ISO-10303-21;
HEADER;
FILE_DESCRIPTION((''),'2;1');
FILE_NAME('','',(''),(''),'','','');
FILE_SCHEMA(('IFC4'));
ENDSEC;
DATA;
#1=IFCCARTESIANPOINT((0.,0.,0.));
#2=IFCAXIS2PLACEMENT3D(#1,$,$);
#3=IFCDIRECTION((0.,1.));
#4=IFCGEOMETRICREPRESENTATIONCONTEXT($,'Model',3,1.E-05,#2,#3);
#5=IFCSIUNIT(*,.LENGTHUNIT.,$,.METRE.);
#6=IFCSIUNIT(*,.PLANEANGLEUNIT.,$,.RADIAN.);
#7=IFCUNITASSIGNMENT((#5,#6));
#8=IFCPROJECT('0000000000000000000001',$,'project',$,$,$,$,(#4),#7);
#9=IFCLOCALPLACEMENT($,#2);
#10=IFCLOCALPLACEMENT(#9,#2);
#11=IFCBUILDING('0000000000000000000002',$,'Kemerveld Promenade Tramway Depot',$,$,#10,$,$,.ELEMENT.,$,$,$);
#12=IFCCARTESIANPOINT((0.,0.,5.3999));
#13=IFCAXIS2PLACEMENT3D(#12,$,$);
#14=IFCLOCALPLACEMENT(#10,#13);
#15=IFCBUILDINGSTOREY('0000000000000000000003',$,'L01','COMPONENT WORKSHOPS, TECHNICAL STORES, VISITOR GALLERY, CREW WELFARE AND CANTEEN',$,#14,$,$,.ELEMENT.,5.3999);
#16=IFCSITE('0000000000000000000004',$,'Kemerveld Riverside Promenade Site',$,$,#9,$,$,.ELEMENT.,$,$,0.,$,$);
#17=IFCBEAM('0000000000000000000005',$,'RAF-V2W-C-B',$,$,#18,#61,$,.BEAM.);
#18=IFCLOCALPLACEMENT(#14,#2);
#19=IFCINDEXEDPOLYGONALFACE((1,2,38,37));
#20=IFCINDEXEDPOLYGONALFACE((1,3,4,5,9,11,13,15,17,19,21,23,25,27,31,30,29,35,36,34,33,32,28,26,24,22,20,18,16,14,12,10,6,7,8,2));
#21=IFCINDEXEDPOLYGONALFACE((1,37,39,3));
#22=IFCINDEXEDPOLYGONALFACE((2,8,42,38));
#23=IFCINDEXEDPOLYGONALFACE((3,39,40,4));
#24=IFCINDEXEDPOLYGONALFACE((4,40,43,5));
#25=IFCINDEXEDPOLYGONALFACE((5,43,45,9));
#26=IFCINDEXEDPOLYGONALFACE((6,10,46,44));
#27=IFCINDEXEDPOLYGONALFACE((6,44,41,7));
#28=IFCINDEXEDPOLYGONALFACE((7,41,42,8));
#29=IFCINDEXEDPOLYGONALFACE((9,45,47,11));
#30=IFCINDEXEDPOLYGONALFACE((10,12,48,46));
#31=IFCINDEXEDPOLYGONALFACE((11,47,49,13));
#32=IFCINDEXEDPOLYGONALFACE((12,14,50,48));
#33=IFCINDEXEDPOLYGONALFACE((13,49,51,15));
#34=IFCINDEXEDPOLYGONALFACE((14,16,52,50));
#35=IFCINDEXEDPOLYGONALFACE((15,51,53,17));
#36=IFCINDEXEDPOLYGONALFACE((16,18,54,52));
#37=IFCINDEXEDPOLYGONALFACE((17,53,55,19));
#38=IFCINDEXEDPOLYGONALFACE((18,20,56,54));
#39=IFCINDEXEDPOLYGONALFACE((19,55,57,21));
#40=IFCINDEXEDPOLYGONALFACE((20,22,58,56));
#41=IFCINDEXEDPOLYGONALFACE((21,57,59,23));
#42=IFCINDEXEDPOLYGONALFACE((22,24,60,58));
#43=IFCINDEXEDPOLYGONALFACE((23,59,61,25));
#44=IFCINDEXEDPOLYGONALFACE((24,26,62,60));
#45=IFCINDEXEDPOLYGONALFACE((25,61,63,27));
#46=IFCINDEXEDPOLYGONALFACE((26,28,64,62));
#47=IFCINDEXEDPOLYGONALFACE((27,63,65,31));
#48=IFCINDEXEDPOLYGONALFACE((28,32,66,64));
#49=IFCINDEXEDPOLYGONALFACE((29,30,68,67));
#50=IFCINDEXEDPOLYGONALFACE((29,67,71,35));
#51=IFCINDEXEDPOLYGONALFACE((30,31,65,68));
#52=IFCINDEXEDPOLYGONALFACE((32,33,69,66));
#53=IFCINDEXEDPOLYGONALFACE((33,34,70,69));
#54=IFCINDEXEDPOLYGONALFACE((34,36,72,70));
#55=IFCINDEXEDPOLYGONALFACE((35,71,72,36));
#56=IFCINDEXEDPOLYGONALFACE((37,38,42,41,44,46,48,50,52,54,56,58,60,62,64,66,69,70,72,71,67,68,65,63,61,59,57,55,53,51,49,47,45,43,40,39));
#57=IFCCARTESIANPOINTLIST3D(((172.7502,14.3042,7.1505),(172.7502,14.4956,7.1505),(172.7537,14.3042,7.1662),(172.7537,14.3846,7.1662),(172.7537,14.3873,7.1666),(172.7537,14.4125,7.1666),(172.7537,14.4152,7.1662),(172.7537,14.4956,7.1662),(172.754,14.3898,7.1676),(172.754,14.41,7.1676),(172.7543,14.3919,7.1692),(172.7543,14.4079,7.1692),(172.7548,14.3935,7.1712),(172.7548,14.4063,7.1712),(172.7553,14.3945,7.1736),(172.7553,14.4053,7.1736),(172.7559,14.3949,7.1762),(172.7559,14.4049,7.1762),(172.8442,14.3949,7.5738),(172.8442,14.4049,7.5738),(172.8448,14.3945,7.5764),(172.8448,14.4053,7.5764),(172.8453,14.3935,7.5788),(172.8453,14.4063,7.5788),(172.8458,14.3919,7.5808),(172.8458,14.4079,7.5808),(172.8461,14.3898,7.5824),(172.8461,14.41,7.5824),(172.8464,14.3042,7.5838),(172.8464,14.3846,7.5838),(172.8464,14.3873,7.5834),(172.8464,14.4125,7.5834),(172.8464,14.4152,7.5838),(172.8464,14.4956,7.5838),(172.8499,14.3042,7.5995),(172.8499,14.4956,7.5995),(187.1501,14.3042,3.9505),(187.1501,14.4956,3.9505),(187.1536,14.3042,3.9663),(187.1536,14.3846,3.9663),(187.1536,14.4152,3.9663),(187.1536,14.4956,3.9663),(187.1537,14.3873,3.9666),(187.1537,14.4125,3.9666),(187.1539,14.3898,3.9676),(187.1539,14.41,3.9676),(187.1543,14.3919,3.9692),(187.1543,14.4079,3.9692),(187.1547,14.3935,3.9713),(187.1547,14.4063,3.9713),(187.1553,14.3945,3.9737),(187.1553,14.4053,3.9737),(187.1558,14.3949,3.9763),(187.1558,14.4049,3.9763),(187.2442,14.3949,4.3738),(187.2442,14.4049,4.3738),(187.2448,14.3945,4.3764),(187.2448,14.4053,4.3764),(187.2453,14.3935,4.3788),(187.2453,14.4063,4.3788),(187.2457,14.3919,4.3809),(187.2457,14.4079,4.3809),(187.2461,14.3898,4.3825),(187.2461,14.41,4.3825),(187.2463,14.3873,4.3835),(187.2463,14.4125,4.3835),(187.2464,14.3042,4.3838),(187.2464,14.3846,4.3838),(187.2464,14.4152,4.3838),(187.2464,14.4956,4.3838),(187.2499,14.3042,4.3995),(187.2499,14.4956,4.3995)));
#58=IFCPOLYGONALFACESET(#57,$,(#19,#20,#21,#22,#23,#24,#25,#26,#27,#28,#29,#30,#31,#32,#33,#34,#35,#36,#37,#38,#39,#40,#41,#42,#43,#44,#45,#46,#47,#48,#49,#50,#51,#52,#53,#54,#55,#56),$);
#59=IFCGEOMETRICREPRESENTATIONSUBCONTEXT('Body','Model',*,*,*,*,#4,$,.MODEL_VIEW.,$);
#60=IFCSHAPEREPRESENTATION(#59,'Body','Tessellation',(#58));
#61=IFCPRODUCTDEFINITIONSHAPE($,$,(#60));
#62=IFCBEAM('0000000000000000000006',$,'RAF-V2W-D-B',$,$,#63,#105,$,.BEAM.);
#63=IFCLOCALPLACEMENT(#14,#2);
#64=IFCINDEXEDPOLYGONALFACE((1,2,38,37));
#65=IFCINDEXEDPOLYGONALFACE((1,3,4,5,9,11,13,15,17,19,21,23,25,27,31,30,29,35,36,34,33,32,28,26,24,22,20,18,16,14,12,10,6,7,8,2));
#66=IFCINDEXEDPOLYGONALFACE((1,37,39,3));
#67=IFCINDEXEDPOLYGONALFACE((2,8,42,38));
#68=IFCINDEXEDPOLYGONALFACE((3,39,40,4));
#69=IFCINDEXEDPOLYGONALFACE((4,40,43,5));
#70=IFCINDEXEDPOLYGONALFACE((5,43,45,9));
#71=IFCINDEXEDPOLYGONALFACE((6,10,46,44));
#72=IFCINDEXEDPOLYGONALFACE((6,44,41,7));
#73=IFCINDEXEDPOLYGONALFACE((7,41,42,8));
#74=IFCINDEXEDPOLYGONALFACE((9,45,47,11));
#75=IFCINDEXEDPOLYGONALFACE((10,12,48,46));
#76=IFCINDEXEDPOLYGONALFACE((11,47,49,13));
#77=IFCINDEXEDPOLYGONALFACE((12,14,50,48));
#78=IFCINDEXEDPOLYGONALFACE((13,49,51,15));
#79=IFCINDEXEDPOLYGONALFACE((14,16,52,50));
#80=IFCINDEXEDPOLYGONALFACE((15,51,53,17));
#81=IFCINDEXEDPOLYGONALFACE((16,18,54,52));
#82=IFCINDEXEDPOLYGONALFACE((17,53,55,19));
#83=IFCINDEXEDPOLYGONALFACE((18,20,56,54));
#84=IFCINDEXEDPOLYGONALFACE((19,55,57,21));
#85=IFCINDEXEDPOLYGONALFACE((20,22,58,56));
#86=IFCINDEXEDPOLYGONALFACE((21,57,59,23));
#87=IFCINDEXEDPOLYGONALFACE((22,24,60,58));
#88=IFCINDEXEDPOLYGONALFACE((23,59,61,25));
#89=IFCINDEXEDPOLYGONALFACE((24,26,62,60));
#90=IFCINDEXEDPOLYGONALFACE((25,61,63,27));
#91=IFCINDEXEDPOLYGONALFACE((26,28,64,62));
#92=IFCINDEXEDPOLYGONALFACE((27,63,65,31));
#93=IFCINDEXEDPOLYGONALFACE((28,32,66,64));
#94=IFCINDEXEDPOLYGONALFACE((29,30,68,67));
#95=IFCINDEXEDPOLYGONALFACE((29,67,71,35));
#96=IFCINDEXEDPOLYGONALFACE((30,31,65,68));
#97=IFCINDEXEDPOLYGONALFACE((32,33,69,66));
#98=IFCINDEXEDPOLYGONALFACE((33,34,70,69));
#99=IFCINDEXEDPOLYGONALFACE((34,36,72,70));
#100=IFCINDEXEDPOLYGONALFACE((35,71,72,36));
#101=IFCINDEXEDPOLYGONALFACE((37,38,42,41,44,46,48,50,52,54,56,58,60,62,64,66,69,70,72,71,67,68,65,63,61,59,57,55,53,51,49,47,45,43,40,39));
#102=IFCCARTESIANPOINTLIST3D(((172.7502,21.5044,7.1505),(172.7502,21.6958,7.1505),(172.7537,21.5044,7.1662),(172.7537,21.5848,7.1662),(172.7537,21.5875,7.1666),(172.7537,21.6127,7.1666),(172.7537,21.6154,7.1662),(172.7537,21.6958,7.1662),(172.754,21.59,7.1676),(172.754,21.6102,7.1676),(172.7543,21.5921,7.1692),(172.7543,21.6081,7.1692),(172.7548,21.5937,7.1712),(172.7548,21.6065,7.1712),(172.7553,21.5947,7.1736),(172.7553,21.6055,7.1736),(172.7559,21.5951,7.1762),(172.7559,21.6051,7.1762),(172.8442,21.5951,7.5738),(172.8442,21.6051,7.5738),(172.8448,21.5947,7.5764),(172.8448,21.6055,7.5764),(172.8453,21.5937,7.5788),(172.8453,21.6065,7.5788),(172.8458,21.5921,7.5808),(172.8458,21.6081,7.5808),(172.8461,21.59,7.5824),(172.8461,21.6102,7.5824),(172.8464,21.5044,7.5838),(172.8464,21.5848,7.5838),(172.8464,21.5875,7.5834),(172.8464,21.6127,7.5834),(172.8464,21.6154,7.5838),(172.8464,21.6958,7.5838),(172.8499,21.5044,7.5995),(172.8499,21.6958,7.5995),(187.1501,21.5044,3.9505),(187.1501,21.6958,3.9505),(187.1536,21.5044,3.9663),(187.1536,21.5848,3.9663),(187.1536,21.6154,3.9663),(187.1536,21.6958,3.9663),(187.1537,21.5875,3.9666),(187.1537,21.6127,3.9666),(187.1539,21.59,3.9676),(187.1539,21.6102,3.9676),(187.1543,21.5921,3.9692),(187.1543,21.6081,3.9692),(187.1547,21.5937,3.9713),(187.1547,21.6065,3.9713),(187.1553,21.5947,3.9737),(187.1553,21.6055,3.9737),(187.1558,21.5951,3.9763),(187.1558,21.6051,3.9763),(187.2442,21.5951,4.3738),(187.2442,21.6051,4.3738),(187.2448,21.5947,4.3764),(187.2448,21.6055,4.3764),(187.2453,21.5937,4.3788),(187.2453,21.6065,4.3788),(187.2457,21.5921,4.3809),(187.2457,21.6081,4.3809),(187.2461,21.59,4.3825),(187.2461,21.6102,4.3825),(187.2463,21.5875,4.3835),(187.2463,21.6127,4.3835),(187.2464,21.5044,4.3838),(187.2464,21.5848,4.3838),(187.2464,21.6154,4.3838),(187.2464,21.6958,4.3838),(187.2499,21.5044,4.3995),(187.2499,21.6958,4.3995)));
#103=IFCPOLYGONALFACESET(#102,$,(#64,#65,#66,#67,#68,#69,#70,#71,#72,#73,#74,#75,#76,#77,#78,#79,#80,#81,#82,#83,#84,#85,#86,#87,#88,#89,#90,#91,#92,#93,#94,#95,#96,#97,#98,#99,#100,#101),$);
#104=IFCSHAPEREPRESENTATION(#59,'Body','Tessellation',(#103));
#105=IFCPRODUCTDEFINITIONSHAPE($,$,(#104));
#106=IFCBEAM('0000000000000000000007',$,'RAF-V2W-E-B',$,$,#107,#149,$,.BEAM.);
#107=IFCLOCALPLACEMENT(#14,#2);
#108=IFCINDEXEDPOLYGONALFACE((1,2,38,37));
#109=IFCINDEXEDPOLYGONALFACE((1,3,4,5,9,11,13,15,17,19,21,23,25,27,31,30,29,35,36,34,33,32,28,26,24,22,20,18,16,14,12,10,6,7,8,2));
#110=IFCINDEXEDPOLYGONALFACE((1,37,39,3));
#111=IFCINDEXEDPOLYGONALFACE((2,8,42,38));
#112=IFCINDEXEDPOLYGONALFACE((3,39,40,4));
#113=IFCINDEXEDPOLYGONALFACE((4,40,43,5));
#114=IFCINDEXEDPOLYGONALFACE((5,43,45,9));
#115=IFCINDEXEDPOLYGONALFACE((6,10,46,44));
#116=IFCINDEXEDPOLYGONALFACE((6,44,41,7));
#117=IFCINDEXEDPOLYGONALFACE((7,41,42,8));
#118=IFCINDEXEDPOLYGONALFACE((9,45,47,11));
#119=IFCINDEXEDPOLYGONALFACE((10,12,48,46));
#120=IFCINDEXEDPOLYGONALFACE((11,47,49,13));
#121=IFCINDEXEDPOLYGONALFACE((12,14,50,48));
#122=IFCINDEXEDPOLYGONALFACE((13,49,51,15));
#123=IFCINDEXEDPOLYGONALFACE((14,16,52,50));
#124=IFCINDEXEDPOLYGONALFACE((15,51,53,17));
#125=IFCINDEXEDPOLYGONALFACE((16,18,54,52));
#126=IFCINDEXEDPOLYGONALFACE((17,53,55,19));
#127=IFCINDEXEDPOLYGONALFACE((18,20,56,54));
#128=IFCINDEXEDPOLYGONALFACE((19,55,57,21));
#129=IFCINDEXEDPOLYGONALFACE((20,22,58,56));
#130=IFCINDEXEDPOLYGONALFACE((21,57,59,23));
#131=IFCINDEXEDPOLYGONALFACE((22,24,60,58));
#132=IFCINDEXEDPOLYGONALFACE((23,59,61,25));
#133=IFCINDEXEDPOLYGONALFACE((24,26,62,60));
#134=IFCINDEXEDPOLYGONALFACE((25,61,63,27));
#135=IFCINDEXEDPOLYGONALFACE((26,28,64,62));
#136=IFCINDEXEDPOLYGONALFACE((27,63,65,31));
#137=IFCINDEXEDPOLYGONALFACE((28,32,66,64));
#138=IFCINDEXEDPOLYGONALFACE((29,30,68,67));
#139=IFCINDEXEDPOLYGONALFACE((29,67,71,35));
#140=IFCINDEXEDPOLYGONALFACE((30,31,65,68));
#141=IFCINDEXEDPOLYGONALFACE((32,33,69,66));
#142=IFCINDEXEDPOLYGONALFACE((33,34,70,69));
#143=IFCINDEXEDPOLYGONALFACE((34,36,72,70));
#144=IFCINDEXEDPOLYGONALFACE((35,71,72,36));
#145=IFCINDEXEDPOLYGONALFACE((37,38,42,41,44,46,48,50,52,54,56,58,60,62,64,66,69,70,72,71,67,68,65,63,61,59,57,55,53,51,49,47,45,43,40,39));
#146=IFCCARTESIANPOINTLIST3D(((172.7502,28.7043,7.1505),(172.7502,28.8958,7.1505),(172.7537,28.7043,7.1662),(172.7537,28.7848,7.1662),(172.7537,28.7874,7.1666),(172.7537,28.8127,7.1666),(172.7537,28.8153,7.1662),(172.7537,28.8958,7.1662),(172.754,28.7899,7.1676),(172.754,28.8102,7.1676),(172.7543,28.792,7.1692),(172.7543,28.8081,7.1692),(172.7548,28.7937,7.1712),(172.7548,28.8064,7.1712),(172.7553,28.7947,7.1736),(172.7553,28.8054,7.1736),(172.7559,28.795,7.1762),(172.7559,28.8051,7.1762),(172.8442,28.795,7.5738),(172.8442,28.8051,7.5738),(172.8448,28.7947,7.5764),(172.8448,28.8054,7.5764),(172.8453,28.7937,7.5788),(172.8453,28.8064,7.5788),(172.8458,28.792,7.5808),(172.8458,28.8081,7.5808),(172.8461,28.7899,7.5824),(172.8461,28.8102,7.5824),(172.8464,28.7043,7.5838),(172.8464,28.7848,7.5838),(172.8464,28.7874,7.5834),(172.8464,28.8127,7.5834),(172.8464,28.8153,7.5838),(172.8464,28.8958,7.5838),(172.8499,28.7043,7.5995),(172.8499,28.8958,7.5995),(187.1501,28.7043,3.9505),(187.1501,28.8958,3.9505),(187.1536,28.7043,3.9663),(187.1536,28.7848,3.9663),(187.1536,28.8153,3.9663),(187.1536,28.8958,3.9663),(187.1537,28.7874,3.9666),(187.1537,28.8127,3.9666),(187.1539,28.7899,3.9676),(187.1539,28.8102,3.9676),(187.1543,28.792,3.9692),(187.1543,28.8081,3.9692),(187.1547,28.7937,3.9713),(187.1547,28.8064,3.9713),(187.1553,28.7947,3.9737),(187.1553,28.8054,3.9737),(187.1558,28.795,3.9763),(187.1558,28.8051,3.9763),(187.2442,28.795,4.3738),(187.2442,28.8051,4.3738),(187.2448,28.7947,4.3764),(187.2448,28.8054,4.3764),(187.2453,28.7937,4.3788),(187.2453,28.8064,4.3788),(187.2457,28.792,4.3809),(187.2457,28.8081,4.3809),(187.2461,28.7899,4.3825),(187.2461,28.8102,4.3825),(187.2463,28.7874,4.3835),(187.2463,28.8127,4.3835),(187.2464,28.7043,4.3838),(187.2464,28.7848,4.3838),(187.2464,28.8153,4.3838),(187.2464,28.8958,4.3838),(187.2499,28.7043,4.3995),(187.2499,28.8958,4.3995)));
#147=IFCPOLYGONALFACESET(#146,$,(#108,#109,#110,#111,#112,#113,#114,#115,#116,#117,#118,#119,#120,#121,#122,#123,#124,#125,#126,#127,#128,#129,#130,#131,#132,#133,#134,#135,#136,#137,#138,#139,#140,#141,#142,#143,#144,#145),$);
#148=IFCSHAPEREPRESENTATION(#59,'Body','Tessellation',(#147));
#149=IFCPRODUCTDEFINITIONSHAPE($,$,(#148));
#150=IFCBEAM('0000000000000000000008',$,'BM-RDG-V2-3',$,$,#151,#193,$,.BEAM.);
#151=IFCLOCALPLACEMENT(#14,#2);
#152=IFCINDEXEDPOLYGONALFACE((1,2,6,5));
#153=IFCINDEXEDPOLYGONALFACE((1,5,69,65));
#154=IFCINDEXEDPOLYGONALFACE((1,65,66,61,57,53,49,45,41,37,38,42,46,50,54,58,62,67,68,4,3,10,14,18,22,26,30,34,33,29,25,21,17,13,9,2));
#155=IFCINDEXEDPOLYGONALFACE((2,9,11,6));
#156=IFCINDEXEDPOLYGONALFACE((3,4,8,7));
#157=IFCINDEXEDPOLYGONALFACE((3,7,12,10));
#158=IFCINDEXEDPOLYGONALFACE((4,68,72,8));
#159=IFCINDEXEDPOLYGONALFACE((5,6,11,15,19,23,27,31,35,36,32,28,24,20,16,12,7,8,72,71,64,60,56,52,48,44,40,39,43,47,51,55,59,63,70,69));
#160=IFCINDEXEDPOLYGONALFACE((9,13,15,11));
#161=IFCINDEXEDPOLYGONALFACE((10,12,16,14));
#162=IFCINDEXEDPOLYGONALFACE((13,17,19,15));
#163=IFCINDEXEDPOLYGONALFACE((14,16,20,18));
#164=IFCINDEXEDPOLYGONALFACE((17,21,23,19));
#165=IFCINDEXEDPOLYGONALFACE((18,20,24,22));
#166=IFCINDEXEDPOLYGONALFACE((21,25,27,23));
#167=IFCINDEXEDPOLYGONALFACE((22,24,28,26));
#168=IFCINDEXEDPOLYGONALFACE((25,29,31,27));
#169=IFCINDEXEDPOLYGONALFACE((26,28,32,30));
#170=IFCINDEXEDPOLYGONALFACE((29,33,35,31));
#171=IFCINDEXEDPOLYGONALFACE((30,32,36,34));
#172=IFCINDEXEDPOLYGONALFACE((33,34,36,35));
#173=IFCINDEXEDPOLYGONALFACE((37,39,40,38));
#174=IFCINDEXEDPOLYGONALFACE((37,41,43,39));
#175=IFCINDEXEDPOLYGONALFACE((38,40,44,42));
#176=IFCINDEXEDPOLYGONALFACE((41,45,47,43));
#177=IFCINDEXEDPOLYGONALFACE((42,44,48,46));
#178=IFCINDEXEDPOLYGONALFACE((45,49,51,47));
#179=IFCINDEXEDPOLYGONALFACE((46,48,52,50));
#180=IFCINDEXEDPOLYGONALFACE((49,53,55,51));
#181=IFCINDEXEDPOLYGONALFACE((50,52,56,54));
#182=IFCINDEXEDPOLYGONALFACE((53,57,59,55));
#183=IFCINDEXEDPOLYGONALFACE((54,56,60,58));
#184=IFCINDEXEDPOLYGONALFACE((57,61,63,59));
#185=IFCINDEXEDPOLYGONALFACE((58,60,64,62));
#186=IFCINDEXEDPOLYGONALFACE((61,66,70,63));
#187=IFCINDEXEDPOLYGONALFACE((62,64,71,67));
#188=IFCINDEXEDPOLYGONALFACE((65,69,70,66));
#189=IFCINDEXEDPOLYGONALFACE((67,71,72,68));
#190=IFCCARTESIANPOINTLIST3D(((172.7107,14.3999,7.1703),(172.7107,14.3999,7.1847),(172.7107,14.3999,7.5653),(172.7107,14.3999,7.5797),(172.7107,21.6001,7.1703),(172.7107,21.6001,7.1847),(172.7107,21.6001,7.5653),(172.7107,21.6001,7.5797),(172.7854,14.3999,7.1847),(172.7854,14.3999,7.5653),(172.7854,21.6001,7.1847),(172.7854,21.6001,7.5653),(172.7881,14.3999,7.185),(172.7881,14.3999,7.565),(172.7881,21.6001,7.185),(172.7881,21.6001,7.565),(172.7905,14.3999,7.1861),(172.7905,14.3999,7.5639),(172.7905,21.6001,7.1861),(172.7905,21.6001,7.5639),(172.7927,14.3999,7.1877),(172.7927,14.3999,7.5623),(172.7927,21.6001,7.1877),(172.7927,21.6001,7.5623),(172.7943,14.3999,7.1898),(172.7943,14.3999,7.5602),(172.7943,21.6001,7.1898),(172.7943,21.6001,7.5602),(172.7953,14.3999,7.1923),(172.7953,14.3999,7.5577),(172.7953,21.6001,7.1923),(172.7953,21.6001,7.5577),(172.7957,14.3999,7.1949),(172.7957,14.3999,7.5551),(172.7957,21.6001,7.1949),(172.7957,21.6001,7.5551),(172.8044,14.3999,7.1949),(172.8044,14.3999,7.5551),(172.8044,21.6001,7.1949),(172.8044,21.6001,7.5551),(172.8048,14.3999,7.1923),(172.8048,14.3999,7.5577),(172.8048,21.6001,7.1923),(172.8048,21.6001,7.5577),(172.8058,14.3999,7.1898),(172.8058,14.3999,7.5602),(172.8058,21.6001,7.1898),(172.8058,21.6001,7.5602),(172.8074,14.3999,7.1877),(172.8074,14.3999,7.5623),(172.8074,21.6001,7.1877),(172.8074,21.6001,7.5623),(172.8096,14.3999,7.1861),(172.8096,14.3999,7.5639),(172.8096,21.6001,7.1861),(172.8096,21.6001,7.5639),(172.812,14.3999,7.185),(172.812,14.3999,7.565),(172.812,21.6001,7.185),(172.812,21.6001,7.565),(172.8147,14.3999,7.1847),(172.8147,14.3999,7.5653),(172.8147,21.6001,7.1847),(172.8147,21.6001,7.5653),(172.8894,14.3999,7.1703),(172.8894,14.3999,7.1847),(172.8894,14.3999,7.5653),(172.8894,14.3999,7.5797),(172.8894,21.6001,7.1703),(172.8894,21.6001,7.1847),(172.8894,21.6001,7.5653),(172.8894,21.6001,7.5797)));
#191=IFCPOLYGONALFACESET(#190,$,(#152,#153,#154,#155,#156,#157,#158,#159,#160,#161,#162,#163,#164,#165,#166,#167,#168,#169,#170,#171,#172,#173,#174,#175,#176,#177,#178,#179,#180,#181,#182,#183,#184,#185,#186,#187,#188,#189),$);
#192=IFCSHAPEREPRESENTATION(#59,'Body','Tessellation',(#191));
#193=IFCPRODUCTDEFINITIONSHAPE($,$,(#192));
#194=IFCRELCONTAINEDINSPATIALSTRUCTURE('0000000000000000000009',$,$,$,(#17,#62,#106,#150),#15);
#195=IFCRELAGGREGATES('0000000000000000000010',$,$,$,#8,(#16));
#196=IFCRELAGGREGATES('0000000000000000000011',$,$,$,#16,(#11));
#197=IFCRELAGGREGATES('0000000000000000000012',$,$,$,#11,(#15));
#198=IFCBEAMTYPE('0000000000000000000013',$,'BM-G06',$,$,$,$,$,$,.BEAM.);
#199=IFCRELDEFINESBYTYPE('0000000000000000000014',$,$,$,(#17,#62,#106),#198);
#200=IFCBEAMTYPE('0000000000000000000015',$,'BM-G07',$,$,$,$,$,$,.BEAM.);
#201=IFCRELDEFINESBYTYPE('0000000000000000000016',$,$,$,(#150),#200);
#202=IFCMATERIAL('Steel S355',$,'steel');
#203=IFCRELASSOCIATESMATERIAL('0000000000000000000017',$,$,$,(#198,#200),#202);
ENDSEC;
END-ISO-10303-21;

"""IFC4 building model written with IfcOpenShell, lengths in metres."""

from ifc_helpers import new_model, si_unit, direction, frame, origin, origin_2d, place, context, subcontext, project, spatial, i_section, extrude, material, material_profile, profile_set, type_object, element, save


model = new_model("IFC4")

# Units and contexts
model_context = context("Model", 3, precision=1e-05, world=origin(), true_north=direction((0.0, 1.0)))
body_context = subcontext(model_context, "Body", "Model", "MODEL_VIEW")
ifc_project = project(units=[si_unit("LENGTHUNIT", "METRE"), si_unit("PLANEANGLEUNIT", "RADIAN")], contexts=[model_context])

# Site, building, storey
site_placement = place(None, origin())
site = spatial("IfcSite", under=ifc_project, at=site_placement, Name="Kemerveld Riverside Promenade Site", CompositionType="ELEMENT", RefElevation=0.0)
building_placement = place(site_placement, origin())
building = spatial("IfcBuilding", under=site, at=building_placement, Name="Kemerveld Promenade Tramway Depot", CompositionType="ELEMENT")
storey_placement = place(building_placement, frame((0.0, 0.0, 5.3999)))
storey = spatial("IfcBuildingStorey", under=building, at=storey_placement, Name="L01", Description="COMPONENT WORKSHOPS, TECHNICAL STORES, VISITOR GALLERY, CREW WELFARE AND CANTEEN", CompositionType="ELEMENT", Elevation=5.3999)

# Shared definitions
ifc_material_1 = material(Name="Steel S355", Category="steel")

# Beams
ifc_material_profile_1 = material_profile(ifc_material_1, i_section(OverallWidth=0.1914, OverallDepth=0.46, WebThickness=0.01, FlangeThickness=0.0161, FilletRadius=0.0103, at=origin_2d()), Name="457x191x82 UB")
ifc_profile_set_1 = profile_set([ifc_material_profile_1], Name="Steel S355")
beam_type_1 = type_object("IfcBeamType", Name="BM-G06", PredefinedType="BEAM", material=ifc_profile_set_1)
for number, where, z_axis, x_axis, name in (
    (1, (172.8, 14.3999, 7.375), (0.976187, 0.0, -0.216929), (0.0, 1.0, 0.0), "RAF-V2W-C-B"),
    (2, (172.8, 21.6001, 7.375), (0.976187, 0.0, -0.216929), (0.0, 1.0, 0.0), "RAF-V2W-D-B"),
    (3, (172.8, 28.8, 7.375), (0.976187, 0.0, -0.216929), (0.0, 1.0, 0.0), "RAF-V2W-E-B"),
):
    element("IfcBeam", number, at=place(storey_placement, frame(where, z_axis=z_axis, x_axis=x_axis)), inside=storey, type_object=beam_type_1, Name=name, PredefinedType="BEAM", context=body_context, shape_type="SweptSolid", body=[
        extrude(i_section(OverallWidth=0.1914, OverallDepth=0.46, WebThickness=0.01, FlangeThickness=0.0161, FilletRadius=0.0103, at=origin_2d()), origin(), (0.0, 0.0, 1.0), 14.7512),
    ])
ifc_material_profile_2 = material_profile(ifc_material_1, i_section(OverallWidth=0.1787, OverallDepth=0.4094, WebThickness=0.0088, FlangeThickness=0.0144, FilletRadius=0.0103, at=origin_2d()), Name="406x178x67 UB")
ifc_profile_set_2 = profile_set([ifc_material_profile_2], Name="Steel S355")
beam_type_2 = type_object("IfcBeamType", Name="BM-G07", PredefinedType="BEAM", material=ifc_profile_set_2)
beam_1_placement = place(storey_placement, frame((172.8, 14.3999, 7.375), z_axis=(0.0, 1.0, 0.0), x_axis=(-1.0, 0.0, 0.0)))
element("IfcBeam", 4, at=beam_1_placement, inside=storey, type_object=beam_type_2, Name="BM-RDG-V2-3", PredefinedType="BEAM", context=body_context, shape_type="SweptSolid", body=[
    extrude(i_section(OverallWidth=0.1787, OverallDepth=0.4094, WebThickness=0.0088, FlangeThickness=0.0144, FilletRadius=0.0103, at=origin_2d()), origin(), (0.0, 0.0, 1.0), 7.2002),
])

save(model, "model.ifc")
